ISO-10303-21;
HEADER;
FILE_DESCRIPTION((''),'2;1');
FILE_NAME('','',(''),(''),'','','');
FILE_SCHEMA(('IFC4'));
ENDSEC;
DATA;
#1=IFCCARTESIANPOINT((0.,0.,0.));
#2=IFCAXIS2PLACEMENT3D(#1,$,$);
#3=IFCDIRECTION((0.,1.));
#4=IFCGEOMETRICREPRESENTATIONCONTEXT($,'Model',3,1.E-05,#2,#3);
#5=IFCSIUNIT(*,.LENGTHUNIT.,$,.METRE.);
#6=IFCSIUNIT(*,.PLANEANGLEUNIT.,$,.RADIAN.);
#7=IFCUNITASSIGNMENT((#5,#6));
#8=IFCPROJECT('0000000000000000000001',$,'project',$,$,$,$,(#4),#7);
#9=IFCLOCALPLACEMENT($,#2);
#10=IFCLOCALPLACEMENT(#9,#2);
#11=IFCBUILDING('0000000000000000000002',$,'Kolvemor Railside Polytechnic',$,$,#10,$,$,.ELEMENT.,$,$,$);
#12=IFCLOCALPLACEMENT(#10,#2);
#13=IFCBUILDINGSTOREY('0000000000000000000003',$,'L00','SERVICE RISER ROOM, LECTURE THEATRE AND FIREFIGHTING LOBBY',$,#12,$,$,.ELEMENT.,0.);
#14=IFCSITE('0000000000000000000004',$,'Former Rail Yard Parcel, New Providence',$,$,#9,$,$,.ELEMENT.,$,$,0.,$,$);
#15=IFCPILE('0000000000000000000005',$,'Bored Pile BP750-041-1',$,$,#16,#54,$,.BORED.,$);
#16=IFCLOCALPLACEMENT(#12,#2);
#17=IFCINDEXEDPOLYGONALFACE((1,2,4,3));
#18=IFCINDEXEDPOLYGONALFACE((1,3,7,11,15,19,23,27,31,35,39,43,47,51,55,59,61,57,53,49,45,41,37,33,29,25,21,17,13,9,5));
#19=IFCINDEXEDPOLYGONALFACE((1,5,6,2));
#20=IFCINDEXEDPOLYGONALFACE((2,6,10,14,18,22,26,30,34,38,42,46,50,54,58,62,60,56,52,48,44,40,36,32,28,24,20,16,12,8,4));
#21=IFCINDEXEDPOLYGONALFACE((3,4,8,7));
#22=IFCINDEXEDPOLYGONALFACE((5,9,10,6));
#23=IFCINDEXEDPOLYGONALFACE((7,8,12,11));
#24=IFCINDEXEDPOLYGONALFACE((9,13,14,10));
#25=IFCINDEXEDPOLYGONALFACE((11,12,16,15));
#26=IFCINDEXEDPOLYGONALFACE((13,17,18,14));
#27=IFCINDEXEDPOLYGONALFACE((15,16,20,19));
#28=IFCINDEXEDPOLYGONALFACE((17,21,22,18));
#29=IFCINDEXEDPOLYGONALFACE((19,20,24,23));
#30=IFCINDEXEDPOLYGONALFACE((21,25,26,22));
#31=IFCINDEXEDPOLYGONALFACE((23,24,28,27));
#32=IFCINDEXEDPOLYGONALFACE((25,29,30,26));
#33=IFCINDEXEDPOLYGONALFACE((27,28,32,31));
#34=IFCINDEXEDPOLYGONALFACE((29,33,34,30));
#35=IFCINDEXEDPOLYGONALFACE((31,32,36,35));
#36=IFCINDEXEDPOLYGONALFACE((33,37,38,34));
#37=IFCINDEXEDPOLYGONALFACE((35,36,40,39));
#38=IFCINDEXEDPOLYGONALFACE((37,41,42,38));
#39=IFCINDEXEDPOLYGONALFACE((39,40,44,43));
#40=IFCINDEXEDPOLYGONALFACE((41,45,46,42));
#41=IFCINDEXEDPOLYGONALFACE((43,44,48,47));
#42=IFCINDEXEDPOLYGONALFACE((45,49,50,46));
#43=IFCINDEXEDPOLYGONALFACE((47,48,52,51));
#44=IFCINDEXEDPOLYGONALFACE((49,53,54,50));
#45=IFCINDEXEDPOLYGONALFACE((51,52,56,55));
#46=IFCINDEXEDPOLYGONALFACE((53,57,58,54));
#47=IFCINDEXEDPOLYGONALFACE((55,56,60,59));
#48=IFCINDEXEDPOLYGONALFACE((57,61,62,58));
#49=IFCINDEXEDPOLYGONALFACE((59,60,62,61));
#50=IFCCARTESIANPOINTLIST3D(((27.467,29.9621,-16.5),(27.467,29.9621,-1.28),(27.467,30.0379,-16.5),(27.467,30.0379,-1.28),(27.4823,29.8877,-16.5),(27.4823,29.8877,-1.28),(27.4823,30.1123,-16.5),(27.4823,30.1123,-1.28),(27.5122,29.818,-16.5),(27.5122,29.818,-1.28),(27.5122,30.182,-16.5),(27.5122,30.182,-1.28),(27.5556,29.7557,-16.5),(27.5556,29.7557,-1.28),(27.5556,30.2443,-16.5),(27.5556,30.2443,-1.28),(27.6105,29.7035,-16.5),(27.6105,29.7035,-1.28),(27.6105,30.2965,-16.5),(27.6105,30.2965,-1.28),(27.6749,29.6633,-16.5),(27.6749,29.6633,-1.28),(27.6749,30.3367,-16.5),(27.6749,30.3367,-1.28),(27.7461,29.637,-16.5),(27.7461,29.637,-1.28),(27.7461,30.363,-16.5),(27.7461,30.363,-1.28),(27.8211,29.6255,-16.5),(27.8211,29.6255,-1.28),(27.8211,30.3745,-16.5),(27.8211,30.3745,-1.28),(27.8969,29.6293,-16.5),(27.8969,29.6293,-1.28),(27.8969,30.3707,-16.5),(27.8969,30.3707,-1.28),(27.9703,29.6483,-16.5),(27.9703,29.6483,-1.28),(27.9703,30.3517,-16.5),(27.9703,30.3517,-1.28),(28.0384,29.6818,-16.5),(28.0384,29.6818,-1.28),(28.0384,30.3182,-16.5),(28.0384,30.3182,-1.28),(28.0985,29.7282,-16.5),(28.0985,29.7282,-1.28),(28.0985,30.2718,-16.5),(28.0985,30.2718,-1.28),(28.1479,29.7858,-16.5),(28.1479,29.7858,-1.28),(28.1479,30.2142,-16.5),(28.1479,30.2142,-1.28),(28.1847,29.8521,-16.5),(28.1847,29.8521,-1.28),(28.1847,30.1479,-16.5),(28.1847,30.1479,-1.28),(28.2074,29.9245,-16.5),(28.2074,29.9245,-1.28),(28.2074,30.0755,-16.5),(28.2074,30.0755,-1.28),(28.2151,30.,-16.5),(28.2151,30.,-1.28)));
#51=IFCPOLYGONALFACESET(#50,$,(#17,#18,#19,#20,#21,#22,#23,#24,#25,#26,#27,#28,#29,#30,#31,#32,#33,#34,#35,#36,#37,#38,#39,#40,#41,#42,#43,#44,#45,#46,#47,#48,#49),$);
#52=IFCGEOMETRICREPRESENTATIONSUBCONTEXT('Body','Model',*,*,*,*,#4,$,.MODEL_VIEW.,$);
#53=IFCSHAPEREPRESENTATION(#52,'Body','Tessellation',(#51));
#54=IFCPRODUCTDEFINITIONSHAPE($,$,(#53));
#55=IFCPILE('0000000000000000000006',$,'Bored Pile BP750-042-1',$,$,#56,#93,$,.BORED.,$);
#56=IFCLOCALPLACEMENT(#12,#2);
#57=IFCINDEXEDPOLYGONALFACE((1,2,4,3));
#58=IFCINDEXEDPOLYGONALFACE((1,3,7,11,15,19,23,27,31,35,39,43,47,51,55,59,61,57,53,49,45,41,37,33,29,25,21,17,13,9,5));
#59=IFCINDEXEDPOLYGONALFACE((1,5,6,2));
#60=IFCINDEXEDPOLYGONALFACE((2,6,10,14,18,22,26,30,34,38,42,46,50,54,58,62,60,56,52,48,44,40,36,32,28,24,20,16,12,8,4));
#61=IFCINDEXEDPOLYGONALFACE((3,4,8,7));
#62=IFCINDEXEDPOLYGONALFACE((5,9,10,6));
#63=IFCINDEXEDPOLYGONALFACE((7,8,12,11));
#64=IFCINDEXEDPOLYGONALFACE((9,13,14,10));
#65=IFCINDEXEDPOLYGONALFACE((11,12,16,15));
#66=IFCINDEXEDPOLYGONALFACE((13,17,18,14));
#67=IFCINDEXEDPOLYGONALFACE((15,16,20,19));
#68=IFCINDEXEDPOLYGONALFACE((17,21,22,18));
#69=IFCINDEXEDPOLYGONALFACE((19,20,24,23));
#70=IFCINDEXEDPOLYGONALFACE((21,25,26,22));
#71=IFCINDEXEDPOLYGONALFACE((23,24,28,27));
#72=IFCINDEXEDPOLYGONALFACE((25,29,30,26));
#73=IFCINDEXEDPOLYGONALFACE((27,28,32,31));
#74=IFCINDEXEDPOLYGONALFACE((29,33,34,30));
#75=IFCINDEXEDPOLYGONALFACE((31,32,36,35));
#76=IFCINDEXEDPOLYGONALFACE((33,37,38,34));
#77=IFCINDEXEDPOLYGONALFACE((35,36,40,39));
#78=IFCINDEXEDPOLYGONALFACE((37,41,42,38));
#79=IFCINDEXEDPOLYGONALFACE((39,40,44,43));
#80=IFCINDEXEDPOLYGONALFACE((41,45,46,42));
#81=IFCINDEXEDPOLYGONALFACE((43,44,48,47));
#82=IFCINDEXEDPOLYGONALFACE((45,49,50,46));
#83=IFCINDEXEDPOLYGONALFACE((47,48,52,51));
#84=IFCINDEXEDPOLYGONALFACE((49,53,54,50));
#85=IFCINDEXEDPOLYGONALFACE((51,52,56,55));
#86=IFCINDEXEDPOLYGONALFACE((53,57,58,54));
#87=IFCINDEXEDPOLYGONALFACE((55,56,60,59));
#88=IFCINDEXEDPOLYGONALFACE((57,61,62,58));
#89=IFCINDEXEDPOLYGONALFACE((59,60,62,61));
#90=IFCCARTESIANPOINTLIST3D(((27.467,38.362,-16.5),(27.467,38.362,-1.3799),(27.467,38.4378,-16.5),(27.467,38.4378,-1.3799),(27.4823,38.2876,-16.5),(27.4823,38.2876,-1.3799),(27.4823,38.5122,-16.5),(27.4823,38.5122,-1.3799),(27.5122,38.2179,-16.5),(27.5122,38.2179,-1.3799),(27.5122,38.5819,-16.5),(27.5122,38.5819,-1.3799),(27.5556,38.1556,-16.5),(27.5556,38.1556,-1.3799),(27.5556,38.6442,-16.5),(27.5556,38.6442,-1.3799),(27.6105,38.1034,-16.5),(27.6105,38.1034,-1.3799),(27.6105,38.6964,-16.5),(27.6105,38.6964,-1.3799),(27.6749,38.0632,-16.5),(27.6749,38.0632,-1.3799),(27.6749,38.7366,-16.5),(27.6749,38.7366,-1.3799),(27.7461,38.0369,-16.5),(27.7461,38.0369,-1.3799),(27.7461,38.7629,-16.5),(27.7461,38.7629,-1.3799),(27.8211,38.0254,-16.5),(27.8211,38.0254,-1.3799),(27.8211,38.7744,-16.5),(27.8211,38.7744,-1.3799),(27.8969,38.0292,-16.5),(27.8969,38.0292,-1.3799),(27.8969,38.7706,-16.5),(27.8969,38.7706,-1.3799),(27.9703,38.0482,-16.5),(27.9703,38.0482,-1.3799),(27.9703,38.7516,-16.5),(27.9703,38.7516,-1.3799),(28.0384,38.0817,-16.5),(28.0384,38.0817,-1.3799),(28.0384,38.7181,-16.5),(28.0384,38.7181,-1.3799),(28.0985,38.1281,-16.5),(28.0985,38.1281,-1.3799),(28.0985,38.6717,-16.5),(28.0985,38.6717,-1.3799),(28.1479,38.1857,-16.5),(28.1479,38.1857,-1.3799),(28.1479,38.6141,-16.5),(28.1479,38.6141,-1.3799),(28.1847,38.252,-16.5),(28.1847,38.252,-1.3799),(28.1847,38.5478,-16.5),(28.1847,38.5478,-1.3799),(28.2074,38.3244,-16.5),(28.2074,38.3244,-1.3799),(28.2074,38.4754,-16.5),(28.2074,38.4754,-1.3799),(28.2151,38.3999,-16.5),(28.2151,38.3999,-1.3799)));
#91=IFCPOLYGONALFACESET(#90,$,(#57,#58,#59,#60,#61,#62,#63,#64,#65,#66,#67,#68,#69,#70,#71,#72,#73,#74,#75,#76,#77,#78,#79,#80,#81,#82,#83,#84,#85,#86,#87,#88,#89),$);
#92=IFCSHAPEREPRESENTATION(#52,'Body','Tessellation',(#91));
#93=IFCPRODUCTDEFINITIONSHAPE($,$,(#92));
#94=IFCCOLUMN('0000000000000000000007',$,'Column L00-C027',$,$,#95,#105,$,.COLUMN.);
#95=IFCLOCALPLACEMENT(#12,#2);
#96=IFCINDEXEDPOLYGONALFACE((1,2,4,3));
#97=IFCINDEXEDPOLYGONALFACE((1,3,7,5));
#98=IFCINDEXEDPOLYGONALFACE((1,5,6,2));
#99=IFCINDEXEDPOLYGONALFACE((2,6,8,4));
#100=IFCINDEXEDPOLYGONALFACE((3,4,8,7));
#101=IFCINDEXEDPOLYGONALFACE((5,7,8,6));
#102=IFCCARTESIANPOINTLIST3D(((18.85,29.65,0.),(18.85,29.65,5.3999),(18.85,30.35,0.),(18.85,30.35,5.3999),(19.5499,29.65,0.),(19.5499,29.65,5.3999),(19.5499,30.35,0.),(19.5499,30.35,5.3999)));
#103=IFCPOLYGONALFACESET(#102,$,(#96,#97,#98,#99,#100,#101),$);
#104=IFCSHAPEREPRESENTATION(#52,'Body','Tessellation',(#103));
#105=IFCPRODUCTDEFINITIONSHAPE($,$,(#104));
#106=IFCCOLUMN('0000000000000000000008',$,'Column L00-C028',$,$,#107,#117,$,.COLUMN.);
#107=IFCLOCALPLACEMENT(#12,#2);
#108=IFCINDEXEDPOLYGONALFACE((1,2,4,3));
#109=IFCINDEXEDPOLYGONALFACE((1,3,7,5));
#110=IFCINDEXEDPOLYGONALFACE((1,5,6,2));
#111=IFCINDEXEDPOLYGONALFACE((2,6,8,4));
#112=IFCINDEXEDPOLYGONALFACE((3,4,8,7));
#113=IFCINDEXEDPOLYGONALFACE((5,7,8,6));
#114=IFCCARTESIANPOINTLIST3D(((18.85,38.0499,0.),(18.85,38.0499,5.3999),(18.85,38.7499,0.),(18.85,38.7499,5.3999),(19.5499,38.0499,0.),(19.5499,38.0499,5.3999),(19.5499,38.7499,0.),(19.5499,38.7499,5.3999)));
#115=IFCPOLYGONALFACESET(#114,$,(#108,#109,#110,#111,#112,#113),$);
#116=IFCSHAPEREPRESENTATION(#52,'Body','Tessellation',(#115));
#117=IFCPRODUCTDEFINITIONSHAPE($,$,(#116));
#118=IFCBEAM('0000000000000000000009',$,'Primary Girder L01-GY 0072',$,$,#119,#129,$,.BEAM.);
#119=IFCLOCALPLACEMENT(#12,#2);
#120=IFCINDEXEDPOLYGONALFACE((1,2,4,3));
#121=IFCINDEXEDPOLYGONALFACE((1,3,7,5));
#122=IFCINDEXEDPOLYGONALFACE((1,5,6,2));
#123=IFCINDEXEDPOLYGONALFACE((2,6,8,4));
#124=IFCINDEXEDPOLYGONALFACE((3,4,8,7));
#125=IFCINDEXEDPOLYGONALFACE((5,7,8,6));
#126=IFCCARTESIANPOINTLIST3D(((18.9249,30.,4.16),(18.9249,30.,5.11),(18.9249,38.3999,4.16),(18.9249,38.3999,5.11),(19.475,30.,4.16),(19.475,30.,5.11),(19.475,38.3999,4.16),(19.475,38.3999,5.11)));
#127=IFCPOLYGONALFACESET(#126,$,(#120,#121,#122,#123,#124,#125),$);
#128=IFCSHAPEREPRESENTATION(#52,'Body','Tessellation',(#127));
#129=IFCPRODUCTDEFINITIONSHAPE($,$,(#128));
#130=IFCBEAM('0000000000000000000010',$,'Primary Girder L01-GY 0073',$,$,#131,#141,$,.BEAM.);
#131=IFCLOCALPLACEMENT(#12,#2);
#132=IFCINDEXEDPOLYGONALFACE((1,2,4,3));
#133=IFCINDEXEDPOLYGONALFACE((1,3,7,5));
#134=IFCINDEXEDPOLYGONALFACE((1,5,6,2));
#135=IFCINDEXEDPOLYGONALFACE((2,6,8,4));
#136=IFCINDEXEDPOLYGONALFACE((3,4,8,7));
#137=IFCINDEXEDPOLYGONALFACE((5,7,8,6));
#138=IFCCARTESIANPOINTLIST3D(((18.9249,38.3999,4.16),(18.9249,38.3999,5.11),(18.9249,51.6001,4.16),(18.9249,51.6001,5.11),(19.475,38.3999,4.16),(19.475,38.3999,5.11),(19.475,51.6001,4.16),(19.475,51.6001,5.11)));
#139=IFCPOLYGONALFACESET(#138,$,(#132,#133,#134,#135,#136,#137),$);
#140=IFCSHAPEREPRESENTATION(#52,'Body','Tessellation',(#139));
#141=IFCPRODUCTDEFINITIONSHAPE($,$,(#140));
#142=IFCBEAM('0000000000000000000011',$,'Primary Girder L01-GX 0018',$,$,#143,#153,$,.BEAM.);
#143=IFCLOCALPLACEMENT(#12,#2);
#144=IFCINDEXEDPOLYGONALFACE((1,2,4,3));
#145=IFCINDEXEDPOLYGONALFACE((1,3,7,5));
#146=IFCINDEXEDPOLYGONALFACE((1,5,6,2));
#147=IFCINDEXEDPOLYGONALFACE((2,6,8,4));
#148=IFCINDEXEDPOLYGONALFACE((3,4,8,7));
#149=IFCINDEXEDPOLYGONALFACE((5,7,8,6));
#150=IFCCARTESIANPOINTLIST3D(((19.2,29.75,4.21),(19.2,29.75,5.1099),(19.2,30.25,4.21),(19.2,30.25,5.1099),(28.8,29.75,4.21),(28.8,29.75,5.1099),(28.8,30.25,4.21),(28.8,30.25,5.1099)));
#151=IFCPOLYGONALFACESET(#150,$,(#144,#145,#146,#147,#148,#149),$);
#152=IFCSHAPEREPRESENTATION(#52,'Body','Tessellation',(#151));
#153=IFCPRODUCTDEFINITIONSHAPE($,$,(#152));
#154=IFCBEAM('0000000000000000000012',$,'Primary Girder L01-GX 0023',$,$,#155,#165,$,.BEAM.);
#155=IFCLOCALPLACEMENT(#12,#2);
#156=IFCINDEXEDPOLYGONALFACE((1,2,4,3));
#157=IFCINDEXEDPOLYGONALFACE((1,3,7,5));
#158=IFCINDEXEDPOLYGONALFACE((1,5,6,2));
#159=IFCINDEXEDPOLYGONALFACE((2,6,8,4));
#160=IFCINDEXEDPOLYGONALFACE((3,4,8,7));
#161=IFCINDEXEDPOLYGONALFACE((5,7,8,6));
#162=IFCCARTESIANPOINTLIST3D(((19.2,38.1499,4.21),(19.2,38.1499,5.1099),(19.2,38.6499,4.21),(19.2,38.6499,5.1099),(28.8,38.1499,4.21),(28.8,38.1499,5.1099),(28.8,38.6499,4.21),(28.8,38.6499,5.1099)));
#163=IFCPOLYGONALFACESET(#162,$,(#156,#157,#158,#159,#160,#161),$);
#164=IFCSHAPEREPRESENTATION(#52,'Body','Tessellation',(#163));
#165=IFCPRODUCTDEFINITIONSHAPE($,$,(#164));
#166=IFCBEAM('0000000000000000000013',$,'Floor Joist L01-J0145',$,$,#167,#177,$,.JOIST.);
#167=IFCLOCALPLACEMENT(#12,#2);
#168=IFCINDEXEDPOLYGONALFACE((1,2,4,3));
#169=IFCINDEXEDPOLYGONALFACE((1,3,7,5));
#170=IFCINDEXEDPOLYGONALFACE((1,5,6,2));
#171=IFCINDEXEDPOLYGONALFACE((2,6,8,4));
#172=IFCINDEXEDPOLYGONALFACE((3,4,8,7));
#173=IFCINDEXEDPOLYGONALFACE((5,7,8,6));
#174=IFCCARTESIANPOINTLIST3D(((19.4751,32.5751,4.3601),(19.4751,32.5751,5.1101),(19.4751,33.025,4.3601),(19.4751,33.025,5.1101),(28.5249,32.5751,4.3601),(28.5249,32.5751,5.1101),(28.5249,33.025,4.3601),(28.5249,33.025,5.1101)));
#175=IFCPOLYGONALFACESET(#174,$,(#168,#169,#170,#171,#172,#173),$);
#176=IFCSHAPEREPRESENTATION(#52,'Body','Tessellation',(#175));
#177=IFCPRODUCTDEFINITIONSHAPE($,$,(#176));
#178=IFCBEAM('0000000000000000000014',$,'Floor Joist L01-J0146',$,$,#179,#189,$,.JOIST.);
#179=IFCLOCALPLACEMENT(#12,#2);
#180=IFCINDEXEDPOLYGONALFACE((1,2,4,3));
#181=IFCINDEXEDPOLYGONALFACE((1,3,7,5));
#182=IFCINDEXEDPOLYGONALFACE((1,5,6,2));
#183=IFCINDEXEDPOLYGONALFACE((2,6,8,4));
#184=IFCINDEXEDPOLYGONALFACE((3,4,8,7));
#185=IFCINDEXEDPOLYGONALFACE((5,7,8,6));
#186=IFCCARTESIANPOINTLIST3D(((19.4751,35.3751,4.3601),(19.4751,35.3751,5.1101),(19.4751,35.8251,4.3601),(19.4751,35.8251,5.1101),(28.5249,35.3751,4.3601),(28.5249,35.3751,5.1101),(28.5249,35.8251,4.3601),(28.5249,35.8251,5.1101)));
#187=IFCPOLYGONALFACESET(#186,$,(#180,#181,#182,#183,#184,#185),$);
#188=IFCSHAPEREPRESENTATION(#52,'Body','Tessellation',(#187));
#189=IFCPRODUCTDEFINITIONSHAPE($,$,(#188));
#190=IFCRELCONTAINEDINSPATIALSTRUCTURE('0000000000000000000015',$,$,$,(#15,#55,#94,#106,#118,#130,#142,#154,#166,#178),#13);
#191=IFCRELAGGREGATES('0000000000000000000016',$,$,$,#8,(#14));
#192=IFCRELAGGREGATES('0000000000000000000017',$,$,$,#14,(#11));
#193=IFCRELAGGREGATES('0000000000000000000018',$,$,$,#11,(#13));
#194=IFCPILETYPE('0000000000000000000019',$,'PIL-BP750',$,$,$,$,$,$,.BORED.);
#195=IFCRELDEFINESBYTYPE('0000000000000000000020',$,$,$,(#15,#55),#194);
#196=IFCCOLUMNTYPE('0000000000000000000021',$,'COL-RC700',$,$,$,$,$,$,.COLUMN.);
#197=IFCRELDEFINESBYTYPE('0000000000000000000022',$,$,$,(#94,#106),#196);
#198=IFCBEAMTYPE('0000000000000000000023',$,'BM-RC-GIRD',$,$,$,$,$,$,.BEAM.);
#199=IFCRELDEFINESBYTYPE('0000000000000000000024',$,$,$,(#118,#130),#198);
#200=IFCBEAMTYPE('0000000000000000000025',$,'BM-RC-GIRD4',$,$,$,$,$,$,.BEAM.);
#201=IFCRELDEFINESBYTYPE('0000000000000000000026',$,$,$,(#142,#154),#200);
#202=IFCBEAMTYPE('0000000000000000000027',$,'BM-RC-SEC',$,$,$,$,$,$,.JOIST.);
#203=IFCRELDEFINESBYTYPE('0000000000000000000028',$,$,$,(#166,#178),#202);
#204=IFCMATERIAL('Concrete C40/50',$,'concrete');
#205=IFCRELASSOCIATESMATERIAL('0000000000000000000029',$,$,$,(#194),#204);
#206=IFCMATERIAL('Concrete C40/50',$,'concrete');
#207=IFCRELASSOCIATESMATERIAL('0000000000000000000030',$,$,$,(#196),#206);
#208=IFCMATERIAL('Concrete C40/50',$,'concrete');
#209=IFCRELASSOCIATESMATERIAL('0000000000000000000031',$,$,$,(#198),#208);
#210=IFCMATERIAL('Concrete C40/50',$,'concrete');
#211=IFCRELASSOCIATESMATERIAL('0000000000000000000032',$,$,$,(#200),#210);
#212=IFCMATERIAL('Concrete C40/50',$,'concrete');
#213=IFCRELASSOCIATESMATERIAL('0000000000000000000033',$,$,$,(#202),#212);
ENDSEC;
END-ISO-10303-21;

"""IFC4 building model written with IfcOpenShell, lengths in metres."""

from ifc_helpers import new_model, si_unit, direction, frame, origin, origin_2d, place, context, subcontext, project, spatial, rectangle, circle, extrude, material, material_profile, profile_set, type_object, element, save


model = new_model("IFC4")

# Units and contexts
model_context = context("Model", 3, precision=1e-05, world=origin(), true_north=direction((0.0, 1.0)))
body_context = subcontext(model_context, "Body", "Model", "MODEL_VIEW")
ifc_project = project(units=[si_unit("LENGTHUNIT", "METRE"), si_unit("PLANEANGLEUNIT", "RADIAN")], contexts=[model_context])

# Site, building, storey
site_placement = place(None, origin())
site = spatial("IfcSite", under=ifc_project, at=site_placement, Name="Former Rail Yard Parcel, New Providence", CompositionType="ELEMENT", RefElevation=0.0)
building_placement = place(site_placement, origin())
building = spatial("IfcBuilding", under=site, at=building_placement, Name="Kolvemor Railside Polytechnic", CompositionType="ELEMENT")
storey_placement = place(building_placement, origin())
storey = spatial("IfcBuildingStorey", under=building, at=storey_placement, Name="L00", Description="SERVICE RISER ROOM, LECTURE THEATRE AND FIREFIGHTING LOBBY", CompositionType="ELEMENT", Elevation=0.0)

# Piles
ifc_material_1 = material(Name="Concrete C40/50", Category="concrete")
ifc_material_profile_1 = material_profile(ifc_material_1, circle(Radius=0.375, at=origin_2d()), Name="BP750")
ifc_profile_set_1 = profile_set([ifc_material_profile_1], Name="Concrete C40/50")
pile_type = type_object("IfcPileType", Name="PIL-BP750", PredefinedType="BORED", material=ifc_profile_set_1)
pile_1_placement = place(storey_placement, frame((27.8401, 30.0, -1.28), z_axis=(0.0, 0.0, -1.0), x_axis=(1.0, 0.0, 0.0)))
element("IfcPile", 1, at=pile_1_placement, inside=storey, type_object=pile_type, Name="Bored Pile BP750-041-1", PredefinedType="BORED", context=body_context, shape_type="SweptSolid", body=[
    extrude(circle(Radius=0.375, at=origin_2d()), origin(), (0.0, 0.0, 1.0), 15.22),
])
pile_2_placement = place(storey_placement, frame((27.8401, 38.3999, -1.3799), z_axis=(0.0, 0.0, -1.0), x_axis=(1.0, 0.0, 0.0)))
element("IfcPile", 2, at=pile_2_placement, inside=storey, type_object=pile_type, Name="Bored Pile BP750-042-1", PredefinedType="BORED", context=body_context, shape_type="SweptSolid", body=[
    extrude(circle(Radius=0.375, at=origin_2d()), origin(), (0.0, 0.0, 1.0), 15.1201),
])

# Columns
ifc_material_2 = material(Name="Concrete C40/50", Category="concrete")
ifc_material_profile_2 = material_profile(ifc_material_2, rectangle(XDim=0.7, YDim=0.7, at=origin_2d()), Name="RC700x700")
ifc_profile_set_2 = profile_set([ifc_material_profile_2], Name="Concrete C40/50")
column_type = type_object("IfcColumnType", Name="COL-RC700", PredefinedType="COLUMN", material=ifc_profile_set_2)
for number, where, z_axis, x_axis, name in (
    (3, (19.2, 30.0, 0.0), (0.0, 0.0, 1.0), (1.0, 0.0, 0.0), "Column L00-C027"),
    (4, (19.2, 38.3999, 0.0), (0.0, 0.0, 1.0), (1.0, 0.0, 0.0), "Column L00-C028"),
):
    element("IfcColumn", number, at=place(storey_placement, frame(where, z_axis=z_axis, x_axis=x_axis)), inside=storey, type_object=column_type, Name=name, PredefinedType="COLUMN", context=body_context, shape_type="SweptSolid", body=[
        extrude(rectangle(XDim=0.7, YDim=0.7, at=origin_2d()), origin(), (0.0, 0.0, 1.0), 5.3999),
    ])

# Beams
ifc_material_3 = material(Name="Concrete C40/50", Category="concrete")
ifc_material_profile_3 = material_profile(ifc_material_3, rectangle(XDim=0.55, YDim=0.95, at=origin_2d()), Name="RC550x950")
ifc_profile_set_3 = profile_set([ifc_material_profile_3], Name="Concrete C40/50")
beam_type_1 = type_object("IfcBeamType", Name="BM-RC-GIRD", PredefinedType="BEAM", material=ifc_profile_set_3)
beam_1_placement = place(storey_placement, frame((19.2, 30.0, 4.635), z_axis=(0.0, 1.0, 0.0), x_axis=(-1.0, 0.0, 0.0)))
element("IfcBeam", 5, at=beam_1_placement, inside=storey, type_object=beam_type_1, Name="Primary Girder L01-GY 0072", PredefinedType="BEAM", context=body_context, shape_type="SweptSolid", body=[
    extrude(rectangle(XDim=0.55, YDim=0.95, at=origin_2d()), origin(), (0.0, 0.0, 1.0), 8.3999),
])
beam_2_placement = place(storey_placement, frame((19.2, 38.3999, 4.635), z_axis=(0.0, 1.0, 0.0), x_axis=(-1.0, 0.0, 0.0)))
element("IfcBeam", 6, at=beam_2_placement, inside=storey, type_object=beam_type_1, Name="Primary Girder L01-GY 0073", PredefinedType="BEAM", context=body_context, shape_type="SweptSolid", body=[
    extrude(rectangle(XDim=0.55, YDim=0.95, at=origin_2d()), origin(), (0.0, 0.0, 1.0), 13.2002),
])
ifc_material_4 = material(Name="Concrete C40/50", Category="concrete")
ifc_material_profile_4 = material_profile(ifc_material_4, rectangle(XDim=0.5, YDim=0.8999, at=origin_2d()), Name="RC500x900")
ifc_profile_set_4 = profile_set([ifc_material_profile_4], Name="Concrete C40/50")
beam_type_2 = type_object("IfcBeamType", Name="BM-RC-GIRD4", PredefinedType="BEAM", material=ifc_profile_set_4)
for number, where, z_axis, x_axis, name in (
    (7, (19.2, 30.0, 4.6599), (1.0, 0.0, 0.0), (0.0, 1.0, 0.0), "Primary Girder L01-GX 0018"),
    (8, (19.2, 38.3999, 4.6599), (1.0, 0.0, 0.0), (0.0, 1.0, 0.0), "Primary Girder L01-GX 0023"),
):
    element("IfcBeam", number, at=place(storey_placement, frame(where, z_axis=z_axis, x_axis=x_axis)), inside=storey, type_object=beam_type_2, Name=name, PredefinedType="BEAM", context=body_context, shape_type="SweptSolid", body=[
        extrude(rectangle(XDim=0.5, YDim=0.8999, at=origin_2d()), origin(), (0.0, 0.0, 1.0), 9.6001),
    ])
ifc_material_5 = material(Name="Concrete C40/50", Category="concrete")
ifc_material_profile_5 = material_profile(ifc_material_5, rectangle(XDim=0.45, YDim=0.75, at=origin_2d()), Name="RC450x750")
ifc_profile_set_5 = profile_set([ifc_material_profile_5], Name="Concrete C40/50")
beam_type_3 = type_object("IfcBeamType", Name="BM-RC-SEC", PredefinedType="JOIST", material=ifc_profile_set_5)
for number, where, z_axis, x_axis, name in (
    (9, (19.4751, 32.8, 4.7351), (1.0, 0.0, 0.0), (0.0, 1.0, 0.0), "Floor Joist L01-J0145"),
    (10, (19.4751, 35.6001, 4.7351), (1.0, 0.0, 0.0), (0.0, 1.0, 0.0), "Floor Joist L01-J0146"),
):
    element("IfcBeam", number, at=place(storey_placement, frame(where, z_axis=z_axis, x_axis=x_axis)), inside=storey, type_object=beam_type_3, Name=name, PredefinedType="JOIST", context=body_context, shape_type="SweptSolid", body=[
        extrude(rectangle(XDim=0.45, YDim=0.75, at=origin_2d()), origin(), (0.0, 0.0, 1.0), 9.0498),
    ])

save(model, "model.ifc")
